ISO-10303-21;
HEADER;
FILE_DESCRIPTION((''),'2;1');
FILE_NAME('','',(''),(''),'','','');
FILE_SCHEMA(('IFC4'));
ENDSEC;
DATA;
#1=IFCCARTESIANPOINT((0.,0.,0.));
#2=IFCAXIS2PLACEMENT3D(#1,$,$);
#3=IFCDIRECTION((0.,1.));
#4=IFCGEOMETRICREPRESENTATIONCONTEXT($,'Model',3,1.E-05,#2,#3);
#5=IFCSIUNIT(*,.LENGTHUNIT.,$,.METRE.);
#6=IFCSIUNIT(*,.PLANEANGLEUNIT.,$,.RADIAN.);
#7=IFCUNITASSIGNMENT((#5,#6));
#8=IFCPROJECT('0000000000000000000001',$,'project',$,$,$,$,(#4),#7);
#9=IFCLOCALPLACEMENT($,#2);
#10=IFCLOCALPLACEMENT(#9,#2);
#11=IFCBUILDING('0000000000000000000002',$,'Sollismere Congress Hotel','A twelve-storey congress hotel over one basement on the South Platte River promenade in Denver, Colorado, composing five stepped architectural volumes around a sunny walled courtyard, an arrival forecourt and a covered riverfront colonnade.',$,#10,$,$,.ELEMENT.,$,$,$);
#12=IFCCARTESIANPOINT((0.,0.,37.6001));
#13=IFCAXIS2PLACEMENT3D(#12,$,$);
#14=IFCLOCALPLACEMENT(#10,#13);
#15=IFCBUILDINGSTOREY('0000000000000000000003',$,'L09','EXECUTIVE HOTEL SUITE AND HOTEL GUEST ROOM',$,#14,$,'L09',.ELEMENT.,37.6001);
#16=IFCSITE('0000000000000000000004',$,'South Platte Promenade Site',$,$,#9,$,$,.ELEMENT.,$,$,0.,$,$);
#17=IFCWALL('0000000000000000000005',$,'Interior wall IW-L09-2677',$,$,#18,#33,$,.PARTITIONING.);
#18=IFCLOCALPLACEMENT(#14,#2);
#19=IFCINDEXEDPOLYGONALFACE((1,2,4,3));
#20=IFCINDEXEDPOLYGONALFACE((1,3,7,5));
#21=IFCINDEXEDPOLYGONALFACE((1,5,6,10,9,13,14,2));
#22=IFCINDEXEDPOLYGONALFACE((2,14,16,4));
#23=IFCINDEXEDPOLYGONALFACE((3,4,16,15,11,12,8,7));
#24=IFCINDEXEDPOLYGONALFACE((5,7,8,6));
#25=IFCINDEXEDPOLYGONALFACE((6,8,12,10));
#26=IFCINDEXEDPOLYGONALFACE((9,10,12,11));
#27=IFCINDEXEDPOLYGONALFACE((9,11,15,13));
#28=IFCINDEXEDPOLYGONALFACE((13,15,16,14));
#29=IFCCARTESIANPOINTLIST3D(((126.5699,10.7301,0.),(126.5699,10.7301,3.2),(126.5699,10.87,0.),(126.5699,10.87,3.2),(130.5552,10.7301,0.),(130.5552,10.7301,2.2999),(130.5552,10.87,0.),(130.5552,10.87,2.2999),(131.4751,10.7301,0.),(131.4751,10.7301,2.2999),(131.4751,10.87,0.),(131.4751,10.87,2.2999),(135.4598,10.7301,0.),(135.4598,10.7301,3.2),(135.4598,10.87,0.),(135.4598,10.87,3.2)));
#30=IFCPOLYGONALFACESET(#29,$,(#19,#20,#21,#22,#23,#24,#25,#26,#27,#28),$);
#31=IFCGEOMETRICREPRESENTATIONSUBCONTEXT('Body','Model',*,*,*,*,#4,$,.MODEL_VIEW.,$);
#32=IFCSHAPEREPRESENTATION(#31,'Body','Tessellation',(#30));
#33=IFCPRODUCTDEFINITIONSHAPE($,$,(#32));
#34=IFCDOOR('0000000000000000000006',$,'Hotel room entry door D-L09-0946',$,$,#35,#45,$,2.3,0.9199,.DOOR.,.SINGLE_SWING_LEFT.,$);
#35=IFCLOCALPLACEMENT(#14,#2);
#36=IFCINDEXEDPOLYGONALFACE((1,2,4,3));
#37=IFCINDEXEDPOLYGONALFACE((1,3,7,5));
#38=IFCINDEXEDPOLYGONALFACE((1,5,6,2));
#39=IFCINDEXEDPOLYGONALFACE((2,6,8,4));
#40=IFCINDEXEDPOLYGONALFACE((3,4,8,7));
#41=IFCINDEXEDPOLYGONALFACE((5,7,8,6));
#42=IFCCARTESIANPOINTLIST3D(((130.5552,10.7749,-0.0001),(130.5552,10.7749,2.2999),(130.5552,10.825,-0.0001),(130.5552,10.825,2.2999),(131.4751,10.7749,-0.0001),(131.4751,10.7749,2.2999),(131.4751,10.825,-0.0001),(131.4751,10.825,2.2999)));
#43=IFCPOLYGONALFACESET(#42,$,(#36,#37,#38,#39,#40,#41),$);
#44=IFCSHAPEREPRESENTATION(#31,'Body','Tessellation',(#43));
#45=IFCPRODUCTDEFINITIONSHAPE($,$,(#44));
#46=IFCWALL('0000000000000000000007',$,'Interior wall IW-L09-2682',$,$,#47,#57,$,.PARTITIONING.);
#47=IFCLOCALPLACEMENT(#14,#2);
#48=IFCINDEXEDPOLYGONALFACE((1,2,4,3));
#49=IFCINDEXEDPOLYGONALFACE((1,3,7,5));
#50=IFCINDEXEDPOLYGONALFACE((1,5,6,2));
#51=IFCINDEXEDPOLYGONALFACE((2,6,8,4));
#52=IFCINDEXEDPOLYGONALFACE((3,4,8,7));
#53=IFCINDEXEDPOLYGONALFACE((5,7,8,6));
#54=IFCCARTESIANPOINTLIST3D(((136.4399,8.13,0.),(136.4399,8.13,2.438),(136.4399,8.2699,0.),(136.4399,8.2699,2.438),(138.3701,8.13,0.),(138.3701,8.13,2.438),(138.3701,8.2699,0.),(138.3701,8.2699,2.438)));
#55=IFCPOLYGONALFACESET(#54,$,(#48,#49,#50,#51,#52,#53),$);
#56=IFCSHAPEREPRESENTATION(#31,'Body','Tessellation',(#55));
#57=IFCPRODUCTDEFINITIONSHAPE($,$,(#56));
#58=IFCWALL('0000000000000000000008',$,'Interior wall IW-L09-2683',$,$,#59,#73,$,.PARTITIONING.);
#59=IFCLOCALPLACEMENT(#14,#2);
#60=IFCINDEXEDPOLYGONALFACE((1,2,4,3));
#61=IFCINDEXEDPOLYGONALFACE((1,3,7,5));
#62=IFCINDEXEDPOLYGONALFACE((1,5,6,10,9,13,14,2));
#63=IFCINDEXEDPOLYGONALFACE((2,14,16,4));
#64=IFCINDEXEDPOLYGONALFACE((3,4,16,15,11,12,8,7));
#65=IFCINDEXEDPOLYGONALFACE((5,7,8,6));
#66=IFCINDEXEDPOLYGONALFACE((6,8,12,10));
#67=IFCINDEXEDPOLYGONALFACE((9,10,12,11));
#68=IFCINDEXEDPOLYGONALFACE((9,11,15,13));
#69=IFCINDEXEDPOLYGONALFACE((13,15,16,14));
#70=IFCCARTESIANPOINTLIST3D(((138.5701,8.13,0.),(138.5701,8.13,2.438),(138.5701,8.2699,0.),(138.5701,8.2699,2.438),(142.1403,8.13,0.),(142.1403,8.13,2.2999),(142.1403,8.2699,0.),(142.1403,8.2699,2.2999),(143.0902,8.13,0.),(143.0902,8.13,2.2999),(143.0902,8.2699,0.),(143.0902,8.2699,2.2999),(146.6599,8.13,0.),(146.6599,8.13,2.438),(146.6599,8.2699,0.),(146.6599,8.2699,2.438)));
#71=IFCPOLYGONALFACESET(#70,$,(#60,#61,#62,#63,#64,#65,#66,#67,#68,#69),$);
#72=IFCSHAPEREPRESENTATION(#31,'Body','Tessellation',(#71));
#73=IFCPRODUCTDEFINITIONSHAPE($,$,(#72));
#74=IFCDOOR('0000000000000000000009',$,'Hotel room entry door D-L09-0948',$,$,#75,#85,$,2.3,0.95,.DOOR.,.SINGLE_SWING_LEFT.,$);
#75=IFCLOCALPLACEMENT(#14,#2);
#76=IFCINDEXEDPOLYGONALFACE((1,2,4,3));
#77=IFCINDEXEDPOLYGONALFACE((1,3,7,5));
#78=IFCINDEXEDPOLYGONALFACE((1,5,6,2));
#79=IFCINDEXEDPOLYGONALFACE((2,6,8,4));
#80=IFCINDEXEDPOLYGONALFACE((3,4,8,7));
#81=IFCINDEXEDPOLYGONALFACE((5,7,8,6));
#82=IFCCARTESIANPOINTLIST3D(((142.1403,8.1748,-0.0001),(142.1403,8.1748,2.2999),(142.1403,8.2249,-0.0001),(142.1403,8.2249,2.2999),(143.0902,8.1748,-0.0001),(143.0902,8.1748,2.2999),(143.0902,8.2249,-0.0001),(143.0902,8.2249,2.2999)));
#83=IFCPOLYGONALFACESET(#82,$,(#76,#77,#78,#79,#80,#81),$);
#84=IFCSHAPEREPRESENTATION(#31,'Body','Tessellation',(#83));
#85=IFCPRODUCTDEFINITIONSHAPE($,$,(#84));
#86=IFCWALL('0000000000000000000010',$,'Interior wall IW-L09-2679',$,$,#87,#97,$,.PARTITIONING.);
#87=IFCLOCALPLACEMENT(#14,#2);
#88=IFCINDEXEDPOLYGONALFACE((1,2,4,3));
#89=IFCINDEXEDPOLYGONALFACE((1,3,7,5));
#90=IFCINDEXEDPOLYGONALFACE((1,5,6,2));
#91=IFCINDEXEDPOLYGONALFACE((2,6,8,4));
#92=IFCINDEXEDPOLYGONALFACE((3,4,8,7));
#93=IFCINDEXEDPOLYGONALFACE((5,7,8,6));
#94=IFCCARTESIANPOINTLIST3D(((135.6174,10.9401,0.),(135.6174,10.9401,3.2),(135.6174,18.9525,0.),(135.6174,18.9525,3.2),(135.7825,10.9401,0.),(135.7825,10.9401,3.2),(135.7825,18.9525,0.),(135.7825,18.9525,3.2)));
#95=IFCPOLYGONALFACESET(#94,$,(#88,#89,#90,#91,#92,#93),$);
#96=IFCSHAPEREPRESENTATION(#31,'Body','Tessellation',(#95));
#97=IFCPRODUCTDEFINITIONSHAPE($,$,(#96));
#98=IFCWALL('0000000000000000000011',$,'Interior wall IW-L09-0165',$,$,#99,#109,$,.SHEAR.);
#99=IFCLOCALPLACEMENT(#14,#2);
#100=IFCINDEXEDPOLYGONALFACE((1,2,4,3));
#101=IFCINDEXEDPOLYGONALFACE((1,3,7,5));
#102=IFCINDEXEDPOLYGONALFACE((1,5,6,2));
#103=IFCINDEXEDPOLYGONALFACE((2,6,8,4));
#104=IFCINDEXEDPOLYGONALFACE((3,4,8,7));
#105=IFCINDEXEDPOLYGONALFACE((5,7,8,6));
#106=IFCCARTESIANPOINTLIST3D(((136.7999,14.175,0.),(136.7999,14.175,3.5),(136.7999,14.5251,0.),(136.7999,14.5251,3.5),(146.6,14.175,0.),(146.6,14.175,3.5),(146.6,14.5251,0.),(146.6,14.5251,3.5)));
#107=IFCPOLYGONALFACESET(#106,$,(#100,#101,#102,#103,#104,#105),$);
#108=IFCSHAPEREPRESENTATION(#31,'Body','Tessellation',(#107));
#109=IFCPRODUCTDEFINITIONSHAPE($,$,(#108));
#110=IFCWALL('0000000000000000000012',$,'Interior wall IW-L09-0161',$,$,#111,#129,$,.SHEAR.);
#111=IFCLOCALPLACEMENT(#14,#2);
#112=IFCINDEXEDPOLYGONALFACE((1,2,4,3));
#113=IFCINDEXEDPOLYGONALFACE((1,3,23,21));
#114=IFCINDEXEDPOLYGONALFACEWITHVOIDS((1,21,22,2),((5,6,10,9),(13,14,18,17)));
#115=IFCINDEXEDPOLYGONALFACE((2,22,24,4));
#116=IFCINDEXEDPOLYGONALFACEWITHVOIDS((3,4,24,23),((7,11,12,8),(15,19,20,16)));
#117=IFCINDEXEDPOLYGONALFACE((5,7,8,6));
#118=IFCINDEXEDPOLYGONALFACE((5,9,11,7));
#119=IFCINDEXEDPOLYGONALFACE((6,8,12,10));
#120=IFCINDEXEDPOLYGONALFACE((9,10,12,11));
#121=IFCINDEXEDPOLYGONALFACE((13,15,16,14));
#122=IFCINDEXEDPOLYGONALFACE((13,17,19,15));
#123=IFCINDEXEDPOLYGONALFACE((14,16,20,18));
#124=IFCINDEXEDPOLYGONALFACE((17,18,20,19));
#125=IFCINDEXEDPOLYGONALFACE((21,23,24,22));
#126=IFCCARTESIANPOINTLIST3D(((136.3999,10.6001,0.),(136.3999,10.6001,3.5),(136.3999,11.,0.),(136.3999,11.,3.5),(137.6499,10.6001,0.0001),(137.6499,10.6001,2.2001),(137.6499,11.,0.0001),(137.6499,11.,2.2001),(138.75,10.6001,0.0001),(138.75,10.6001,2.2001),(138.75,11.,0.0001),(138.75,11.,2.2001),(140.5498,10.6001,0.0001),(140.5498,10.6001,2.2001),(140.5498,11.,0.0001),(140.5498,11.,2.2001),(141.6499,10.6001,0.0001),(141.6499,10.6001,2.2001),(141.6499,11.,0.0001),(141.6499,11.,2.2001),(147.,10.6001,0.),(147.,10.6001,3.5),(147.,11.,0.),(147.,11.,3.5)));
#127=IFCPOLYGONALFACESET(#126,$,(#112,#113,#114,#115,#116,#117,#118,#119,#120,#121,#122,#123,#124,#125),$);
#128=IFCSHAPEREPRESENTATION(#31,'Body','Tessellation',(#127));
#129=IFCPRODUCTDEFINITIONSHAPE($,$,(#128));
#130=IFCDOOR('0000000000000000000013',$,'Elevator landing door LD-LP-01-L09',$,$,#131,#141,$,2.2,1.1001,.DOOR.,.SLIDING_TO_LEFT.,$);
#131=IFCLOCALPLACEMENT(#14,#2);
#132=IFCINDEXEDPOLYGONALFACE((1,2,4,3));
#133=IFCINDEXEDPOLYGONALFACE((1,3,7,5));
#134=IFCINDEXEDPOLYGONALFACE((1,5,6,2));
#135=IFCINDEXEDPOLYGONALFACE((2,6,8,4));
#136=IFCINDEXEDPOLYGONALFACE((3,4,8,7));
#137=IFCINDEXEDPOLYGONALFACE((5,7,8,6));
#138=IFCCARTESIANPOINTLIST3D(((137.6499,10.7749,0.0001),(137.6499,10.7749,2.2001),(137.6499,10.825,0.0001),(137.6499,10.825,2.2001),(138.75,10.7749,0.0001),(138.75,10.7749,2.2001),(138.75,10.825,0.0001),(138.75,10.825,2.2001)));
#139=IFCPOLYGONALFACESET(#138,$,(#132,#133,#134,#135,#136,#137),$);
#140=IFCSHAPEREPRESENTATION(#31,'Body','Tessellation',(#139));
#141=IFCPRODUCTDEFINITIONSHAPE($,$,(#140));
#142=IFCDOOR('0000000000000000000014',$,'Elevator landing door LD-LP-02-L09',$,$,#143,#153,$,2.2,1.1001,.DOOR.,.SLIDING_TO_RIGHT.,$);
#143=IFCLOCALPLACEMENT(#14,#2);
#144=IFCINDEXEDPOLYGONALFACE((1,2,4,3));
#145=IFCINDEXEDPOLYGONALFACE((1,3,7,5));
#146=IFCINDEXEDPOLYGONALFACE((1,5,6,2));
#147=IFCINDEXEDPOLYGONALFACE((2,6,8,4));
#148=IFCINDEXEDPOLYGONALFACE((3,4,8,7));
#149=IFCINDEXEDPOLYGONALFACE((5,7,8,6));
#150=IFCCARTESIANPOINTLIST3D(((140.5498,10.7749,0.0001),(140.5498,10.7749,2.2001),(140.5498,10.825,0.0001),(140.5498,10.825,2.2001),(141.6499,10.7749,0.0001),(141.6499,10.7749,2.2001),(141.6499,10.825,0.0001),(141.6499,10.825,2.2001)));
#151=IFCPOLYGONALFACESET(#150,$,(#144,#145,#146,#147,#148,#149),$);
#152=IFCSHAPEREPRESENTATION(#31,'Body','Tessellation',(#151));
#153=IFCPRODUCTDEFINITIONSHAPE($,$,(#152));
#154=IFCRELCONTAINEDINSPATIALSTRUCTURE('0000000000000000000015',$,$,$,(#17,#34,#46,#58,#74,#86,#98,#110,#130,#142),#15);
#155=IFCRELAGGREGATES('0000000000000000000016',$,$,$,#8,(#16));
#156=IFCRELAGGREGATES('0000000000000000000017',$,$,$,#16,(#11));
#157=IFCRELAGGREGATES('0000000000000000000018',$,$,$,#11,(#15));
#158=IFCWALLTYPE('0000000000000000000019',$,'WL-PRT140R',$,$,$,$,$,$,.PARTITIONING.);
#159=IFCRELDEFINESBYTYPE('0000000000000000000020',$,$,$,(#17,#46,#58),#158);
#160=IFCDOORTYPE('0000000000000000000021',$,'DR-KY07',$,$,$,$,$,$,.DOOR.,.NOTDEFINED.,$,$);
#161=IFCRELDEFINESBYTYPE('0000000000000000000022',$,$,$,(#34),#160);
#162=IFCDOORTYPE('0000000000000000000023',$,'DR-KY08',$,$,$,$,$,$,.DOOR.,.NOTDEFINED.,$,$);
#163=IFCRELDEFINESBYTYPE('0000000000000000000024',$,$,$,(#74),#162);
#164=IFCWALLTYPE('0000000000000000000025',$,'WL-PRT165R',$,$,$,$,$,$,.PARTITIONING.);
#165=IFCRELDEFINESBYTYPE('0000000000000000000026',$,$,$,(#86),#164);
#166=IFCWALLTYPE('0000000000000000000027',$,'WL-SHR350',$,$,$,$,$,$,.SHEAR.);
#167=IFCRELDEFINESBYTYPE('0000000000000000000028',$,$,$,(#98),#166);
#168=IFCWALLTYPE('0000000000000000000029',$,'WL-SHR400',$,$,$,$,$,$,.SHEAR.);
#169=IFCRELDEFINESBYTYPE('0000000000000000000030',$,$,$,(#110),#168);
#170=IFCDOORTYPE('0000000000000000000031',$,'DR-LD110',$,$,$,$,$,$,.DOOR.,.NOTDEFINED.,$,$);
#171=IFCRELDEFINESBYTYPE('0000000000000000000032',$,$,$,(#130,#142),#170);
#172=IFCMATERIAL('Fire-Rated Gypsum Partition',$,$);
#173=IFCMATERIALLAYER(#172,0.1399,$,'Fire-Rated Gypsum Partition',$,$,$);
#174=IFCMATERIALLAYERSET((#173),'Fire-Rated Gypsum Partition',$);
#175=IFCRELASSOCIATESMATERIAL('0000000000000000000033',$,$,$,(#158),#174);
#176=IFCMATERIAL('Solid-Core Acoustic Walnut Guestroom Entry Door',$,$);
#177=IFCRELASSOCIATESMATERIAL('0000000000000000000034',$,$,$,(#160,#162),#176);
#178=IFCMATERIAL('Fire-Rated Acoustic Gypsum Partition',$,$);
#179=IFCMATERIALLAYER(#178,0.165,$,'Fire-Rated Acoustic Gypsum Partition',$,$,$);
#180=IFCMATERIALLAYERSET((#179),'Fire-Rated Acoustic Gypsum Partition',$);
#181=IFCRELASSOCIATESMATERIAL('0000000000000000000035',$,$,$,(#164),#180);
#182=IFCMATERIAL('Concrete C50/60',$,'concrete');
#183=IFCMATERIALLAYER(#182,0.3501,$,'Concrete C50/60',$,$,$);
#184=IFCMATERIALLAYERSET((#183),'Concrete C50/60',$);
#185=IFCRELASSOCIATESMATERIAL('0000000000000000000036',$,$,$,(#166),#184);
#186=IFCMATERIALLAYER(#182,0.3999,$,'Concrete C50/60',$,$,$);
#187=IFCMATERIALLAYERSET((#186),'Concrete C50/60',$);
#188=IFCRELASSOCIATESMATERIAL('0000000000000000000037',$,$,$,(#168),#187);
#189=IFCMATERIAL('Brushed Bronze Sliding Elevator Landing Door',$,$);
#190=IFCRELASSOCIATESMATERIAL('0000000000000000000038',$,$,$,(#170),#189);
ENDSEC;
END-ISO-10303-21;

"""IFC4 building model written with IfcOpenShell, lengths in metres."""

from ifc_helpers import new_model, si_unit, direction, frame, frame_2d, origin, place, context, subcontext, project, spatial, rectangle, extrude, material, layer, layer_set, type_object, element, fill, save


model = new_model("IFC4")

# Units and contexts
model_context = context("Model", 3, precision=1e-05, world=origin(), true_north=direction((0.0, 1.0)))
body_context = subcontext(model_context, "Body", "Model", "MODEL_VIEW")
ifc_project = project(units=[si_unit("LENGTHUNIT", "METRE"), si_unit("PLANEANGLEUNIT", "RADIAN")], contexts=[model_context])

# Site, building, storey
site_placement = place(None, origin())
site = spatial("IfcSite", under=ifc_project, at=site_placement, Name="South Platte Promenade Site", CompositionType="ELEMENT", RefElevation=0.0)
building_placement = place(site_placement, origin())
building = spatial("IfcBuilding", under=site, at=building_placement, Name="Sollismere Congress Hotel", Description="A twelve-storey congress hotel over one basement on the South Platte River promenade in Denver, Colorado, composing five stepped architectural volumes around a sunny walled courtyard, an arrival forecourt and a covered riverfront colonnade.", CompositionType="ELEMENT")
storey_placement = place(building_placement, frame((0.0, 0.0, 37.6001)))
storey = spatial("IfcBuildingStorey", under=building, at=storey_placement, Name="L09", Description="EXECUTIVE HOTEL SUITE AND HOTEL GUEST ROOM", LongName="L09", CompositionType="ELEMENT", Elevation=37.6001)

# Wall, opening, door
ifc_material_1 = material(Name="Fire-Rated Gypsum Partition")
ifc_layer_1 = layer(ifc_material_1, 0.1399, Name="Fire-Rated Gypsum Partition")
ifc_layer_set_1 = layer_set([ifc_layer_1], Name="Fire-Rated Gypsum Partition")
wall_type_1 = type_object("IfcWallType", Name="WL-PRT140R", PredefinedType="PARTITIONING", material=ifc_layer_set_1)
ifc_material_2 = material(Name="Solid-Core Acoustic Walnut Guestroom Entry Door")
wall_1_placement = place(storey_placement, frame((126.5701, 10.8, 0.0), z_axis=(0.0, 0.0, 1.0), x_axis=(1.0, 0.0, 0.0)))
wall_1 = element("IfcWall", 1, at=wall_1_placement, inside=storey, type_object=wall_type_1, Name="Interior wall IW-L09-2677", PredefinedType="PARTITIONING", context=body_context, shape_type="SweptSolid", body=[
    extrude(rectangle(XDim=8.8899, YDim=0.1399, at=frame_2d((4.4448, 0.0))), origin(), (0.0, 0.0, 1.0), 3.2),
])
opening_1_placement = place(wall_1_placement, frame((3.9851, 0.0, 0.0)))
opening_1 = element("IfcOpeningElement", 2, at=opening_1_placement, cuts=wall_1, PredefinedType="OPENING", context=body_context, shape_type="SweptSolid", body=[
    extrude(rectangle(XDim=0.9199, YDim=2.3, at=frame_2d((0.46, 1.1499))), frame((0.0, 0.0798, 0.0), z_axis=(0.0, -1.0, 0.0), x_axis=(1.0, 0.0, 0.0)), (0.0, 0.0, 1.0), 0.1599),
])
door_type_1 = type_object("IfcDoorType", Name="DR-KY07", OperationType="NOTDEFINED", PredefinedType="DOOR", material=ifc_material_2)
door_1_placement = place(opening_1_placement, origin())
door_1 = element("IfcDoor", 3, at=door_1_placement, inside=storey, type_object=door_type_1, Name="Hotel room entry door D-L09-0946", OperationType="SINGLE_SWING_LEFT", OverallHeight=2.3, OverallWidth=0.9199, PredefinedType="DOOR", context=body_context, shape_type="SweptSolid", body=[
    extrude(rectangle(XDim=0.9199, YDim=2.3, at=frame_2d((0.46, 1.1499))), frame((0.0, 0.0249, 0.0), z_axis=(0.0, -1.0, 0.0), x_axis=(1.0, 0.0, 0.0)), (0.0, 0.0, 1.0), 0.05),
])
fill(opening_1, door_1)

# Wall
wall_2_placement = place(storey_placement, frame((136.4399, 8.2, 0.0), z_axis=(0.0, 0.0, 1.0), x_axis=(1.0, 0.0, 0.0)))
element("IfcWall", 4, at=wall_2_placement, inside=storey, type_object=wall_type_1, Name="Interior wall IW-L09-2682", PredefinedType="PARTITIONING", context=body_context, shape_type="SweptSolid", body=[
    extrude(rectangle(XDim=1.9302, YDim=0.1399, at=frame_2d((0.9651, 0.0))), origin(), (0.0, 0.0, 1.0), 2.438),
])

# Wall, opening, door
wall_3_placement = place(storey_placement, frame((138.5701, 8.2, 0.0), z_axis=(0.0, 0.0, 1.0), x_axis=(1.0, 0.0, 0.0)))
wall_3 = element("IfcWall", 5, at=wall_3_placement, inside=storey, type_object=wall_type_1, Name="Interior wall IW-L09-2683", PredefinedType="PARTITIONING", context=body_context, shape_type="SweptSolid", body=[
    extrude(rectangle(XDim=8.0898, YDim=0.1399, at=frame_2d((4.0449, 0.0))), origin(), (0.0, 0.0, 1.0), 2.438),
])
opening_2_placement = place(wall_3_placement, frame((3.5701, 0.0, 0.0)))
opening_2 = element("IfcOpeningElement", 6, at=opening_2_placement, cuts=wall_3, PredefinedType="OPENING", context=body_context, shape_type="SweptSolid", body=[
    extrude(rectangle(XDim=0.95, YDim=2.3, at=frame_2d((0.4751, 1.1499))), frame((0.0, 0.0798, 0.0), z_axis=(0.0, -1.0, 0.0), x_axis=(1.0, 0.0, 0.0)), (0.0, 0.0, 1.0), 0.1599),
])
door_type_2 = type_object("IfcDoorType", Name="DR-KY08", OperationType="NOTDEFINED", PredefinedType="DOOR", material=ifc_material_2)
door_2_placement = place(opening_2_placement, origin())
door_2 = element("IfcDoor", 7, at=door_2_placement, inside=storey, type_object=door_type_2, Name="Hotel room entry door D-L09-0948", OperationType="SINGLE_SWING_LEFT", OverallHeight=2.3, OverallWidth=0.95, PredefinedType="DOOR", context=body_context, shape_type="SweptSolid", body=[
    extrude(rectangle(XDim=0.95, YDim=2.3, at=frame_2d((0.4751, 1.1499))), frame((0.0, 0.0249, 0.0), z_axis=(0.0, -1.0, 0.0), x_axis=(1.0, 0.0, 0.0)), (0.0, 0.0, 1.0), 0.05),
])
fill(opening_2, door_2)

# Walls
ifc_material_3 = material(Name="Fire-Rated Acoustic Gypsum Partition")
ifc_layer_2 = layer(ifc_material_3, 0.165, Name="Fire-Rated Acoustic Gypsum Partition")
ifc_layer_set_2 = layer_set([ifc_layer_2], Name="Fire-Rated Acoustic Gypsum Partition")
wall_type_2 = type_object("IfcWallType", Name="WL-PRT165R", PredefinedType="PARTITIONING", material=ifc_layer_set_2)
wall_4_placement = place(storey_placement, frame((135.7, 10.9399, 0.0), z_axis=(0.0, 0.0, 1.0), x_axis=(0.0, 1.0, 0.0)))
element("IfcWall", 8, at=wall_4_placement, inside=storey, type_object=wall_type_2, Name="Interior wall IW-L09-2679", PredefinedType="PARTITIONING", context=body_context, shape_type="SweptSolid", body=[
    extrude(rectangle(XDim=8.0125, YDim=0.165, at=frame_2d((4.0063, 0.0))), origin(), (0.0, 0.0, 1.0), 3.2),
])
ifc_material_4 = material(Name="Concrete C50/60", Category="concrete")
ifc_layer_3 = layer(ifc_material_4, 0.3501, Name="Concrete C50/60")
ifc_layer_set_3 = layer_set([ifc_layer_3], Name="Concrete C50/60")
wall_type_3 = type_object("IfcWallType", Name="WL-SHR350", PredefinedType="SHEAR", material=ifc_layer_set_3)
wall_5_placement = place(storey_placement, frame((136.8, 14.3501, 0.0), z_axis=(0.0, 0.0, 1.0), x_axis=(1.0, 0.0, 0.0)))
element("IfcWall", 9, at=wall_5_placement, inside=storey, type_object=wall_type_3, Name="Interior wall IW-L09-0165", PredefinedType="SHEAR", context=body_context, shape_type="SweptSolid", body=[
    extrude(rectangle(XDim=9.8, YDim=0.3501, at=frame_2d((4.8999, 0.0))), origin(), (0.0, 0.0, 1.0), 3.5),
])

# Wall, openings, doors
ifc_layer_4 = layer(ifc_material_4, 0.3999, Name="Concrete C50/60")
ifc_layer_set_4 = layer_set([ifc_layer_4], Name="Concrete C50/60")
wall_type_4 = type_object("IfcWallType", Name="WL-SHR400", PredefinedType="SHEAR", material=ifc_layer_set_4)
wall_6_placement = place(storey_placement, frame((136.3999, 10.8, 0.0), z_axis=(0.0, 0.0, 1.0), x_axis=(1.0, 0.0, 0.0)))
wall_6 = element("IfcWall", 10, at=wall_6_placement, inside=storey, type_object=wall_type_4, Name="Interior wall IW-L09-0161", PredefinedType="SHEAR", context=body_context, shape_type="SweptSolid", body=[
    extrude(rectangle(XDim=10.6001, YDim=0.3999, at=frame_2d((5.3, 0.0))), origin(), (0.0, 0.0, 1.0), 3.5),
])
opening_3_placement = place(wall_6_placement, frame((1.25, 0.0, 0.0)))
opening_3 = element("IfcOpeningElement", 11, at=opening_3_placement, cuts=wall_6, PredefinedType="OPENING", context=body_context, shape_type="SweptSolid", body=[
    extrude(rectangle(XDim=1.1001, YDim=2.2, at=frame_2d((0.55, 1.1001))), frame((0.0, 0.21, 0.0), z_axis=(0.0, -1.0, 0.0), x_axis=(1.0, 0.0, 0.0)), (0.0, 0.0, 1.0), 0.4199),
])
opening_4_placement = place(wall_6_placement, frame((4.1499, 0.0, 0.0)))
opening_4 = element("IfcOpeningElement", 12, at=opening_4_placement, cuts=wall_6, PredefinedType="OPENING", context=body_context, shape_type="SweptSolid", body=[
    extrude(rectangle(XDim=1.1001, YDim=2.2, at=frame_2d((0.55, 1.1001))), frame((0.0, 0.21, 0.0), z_axis=(0.0, -1.0, 0.0), x_axis=(1.0, 0.0, 0.0)), (0.0, 0.0, 1.0), 0.4199),
])
ifc_material_5 = material(Name="Brushed Bronze Sliding Elevator Landing Door")
door_type_3 = type_object("IfcDoorType", Name="DR-LD110", OperationType="NOTDEFINED", PredefinedType="DOOR", material=ifc_material_5)
door_3_placement = place(opening_3_placement, origin())
door_3 = element("IfcDoor", 13, at=door_3_placement, inside=storey, type_object=door_type_3, Name="Elevator landing door LD-LP-01-L09", OperationType="SLIDING_TO_LEFT", OverallHeight=2.2, OverallWidth=1.1001, PredefinedType="DOOR", context=body_context, shape_type="SweptSolid", body=[
    extrude(rectangle(XDim=1.1001, YDim=2.2, at=frame_2d((0.55, 1.1001))), frame((0.0, 0.0249, 0.0), z_axis=(0.0, -1.0, 0.0), x_axis=(1.0, 0.0, 0.0)), (0.0, 0.0, 1.0), 0.05),
])
fill(opening_3, door_3)
door_4_placement = place(opening_4_placement, origin())
door_4 = element("IfcDoor", 14, at=door_4_placement, inside=storey, type_object=door_type_3, Name="Elevator landing door LD-LP-02-L09", OperationType="SLIDING_TO_RIGHT", OverallHeight=2.2, OverallWidth=1.1001, PredefinedType="DOOR", context=body_context, shape_type="SweptSolid", body=[
    extrude(rectangle(XDim=1.1001, YDim=2.2, at=frame_2d((0.55, 1.1001))), frame((0.0, 0.0249, 0.0), z_axis=(0.0, -1.0, 0.0), x_axis=(1.0, 0.0, 0.0)), (0.0, 0.0, 1.0), 0.05),
])
fill(opening_4, door_4)

save(model, "model.ifc")
